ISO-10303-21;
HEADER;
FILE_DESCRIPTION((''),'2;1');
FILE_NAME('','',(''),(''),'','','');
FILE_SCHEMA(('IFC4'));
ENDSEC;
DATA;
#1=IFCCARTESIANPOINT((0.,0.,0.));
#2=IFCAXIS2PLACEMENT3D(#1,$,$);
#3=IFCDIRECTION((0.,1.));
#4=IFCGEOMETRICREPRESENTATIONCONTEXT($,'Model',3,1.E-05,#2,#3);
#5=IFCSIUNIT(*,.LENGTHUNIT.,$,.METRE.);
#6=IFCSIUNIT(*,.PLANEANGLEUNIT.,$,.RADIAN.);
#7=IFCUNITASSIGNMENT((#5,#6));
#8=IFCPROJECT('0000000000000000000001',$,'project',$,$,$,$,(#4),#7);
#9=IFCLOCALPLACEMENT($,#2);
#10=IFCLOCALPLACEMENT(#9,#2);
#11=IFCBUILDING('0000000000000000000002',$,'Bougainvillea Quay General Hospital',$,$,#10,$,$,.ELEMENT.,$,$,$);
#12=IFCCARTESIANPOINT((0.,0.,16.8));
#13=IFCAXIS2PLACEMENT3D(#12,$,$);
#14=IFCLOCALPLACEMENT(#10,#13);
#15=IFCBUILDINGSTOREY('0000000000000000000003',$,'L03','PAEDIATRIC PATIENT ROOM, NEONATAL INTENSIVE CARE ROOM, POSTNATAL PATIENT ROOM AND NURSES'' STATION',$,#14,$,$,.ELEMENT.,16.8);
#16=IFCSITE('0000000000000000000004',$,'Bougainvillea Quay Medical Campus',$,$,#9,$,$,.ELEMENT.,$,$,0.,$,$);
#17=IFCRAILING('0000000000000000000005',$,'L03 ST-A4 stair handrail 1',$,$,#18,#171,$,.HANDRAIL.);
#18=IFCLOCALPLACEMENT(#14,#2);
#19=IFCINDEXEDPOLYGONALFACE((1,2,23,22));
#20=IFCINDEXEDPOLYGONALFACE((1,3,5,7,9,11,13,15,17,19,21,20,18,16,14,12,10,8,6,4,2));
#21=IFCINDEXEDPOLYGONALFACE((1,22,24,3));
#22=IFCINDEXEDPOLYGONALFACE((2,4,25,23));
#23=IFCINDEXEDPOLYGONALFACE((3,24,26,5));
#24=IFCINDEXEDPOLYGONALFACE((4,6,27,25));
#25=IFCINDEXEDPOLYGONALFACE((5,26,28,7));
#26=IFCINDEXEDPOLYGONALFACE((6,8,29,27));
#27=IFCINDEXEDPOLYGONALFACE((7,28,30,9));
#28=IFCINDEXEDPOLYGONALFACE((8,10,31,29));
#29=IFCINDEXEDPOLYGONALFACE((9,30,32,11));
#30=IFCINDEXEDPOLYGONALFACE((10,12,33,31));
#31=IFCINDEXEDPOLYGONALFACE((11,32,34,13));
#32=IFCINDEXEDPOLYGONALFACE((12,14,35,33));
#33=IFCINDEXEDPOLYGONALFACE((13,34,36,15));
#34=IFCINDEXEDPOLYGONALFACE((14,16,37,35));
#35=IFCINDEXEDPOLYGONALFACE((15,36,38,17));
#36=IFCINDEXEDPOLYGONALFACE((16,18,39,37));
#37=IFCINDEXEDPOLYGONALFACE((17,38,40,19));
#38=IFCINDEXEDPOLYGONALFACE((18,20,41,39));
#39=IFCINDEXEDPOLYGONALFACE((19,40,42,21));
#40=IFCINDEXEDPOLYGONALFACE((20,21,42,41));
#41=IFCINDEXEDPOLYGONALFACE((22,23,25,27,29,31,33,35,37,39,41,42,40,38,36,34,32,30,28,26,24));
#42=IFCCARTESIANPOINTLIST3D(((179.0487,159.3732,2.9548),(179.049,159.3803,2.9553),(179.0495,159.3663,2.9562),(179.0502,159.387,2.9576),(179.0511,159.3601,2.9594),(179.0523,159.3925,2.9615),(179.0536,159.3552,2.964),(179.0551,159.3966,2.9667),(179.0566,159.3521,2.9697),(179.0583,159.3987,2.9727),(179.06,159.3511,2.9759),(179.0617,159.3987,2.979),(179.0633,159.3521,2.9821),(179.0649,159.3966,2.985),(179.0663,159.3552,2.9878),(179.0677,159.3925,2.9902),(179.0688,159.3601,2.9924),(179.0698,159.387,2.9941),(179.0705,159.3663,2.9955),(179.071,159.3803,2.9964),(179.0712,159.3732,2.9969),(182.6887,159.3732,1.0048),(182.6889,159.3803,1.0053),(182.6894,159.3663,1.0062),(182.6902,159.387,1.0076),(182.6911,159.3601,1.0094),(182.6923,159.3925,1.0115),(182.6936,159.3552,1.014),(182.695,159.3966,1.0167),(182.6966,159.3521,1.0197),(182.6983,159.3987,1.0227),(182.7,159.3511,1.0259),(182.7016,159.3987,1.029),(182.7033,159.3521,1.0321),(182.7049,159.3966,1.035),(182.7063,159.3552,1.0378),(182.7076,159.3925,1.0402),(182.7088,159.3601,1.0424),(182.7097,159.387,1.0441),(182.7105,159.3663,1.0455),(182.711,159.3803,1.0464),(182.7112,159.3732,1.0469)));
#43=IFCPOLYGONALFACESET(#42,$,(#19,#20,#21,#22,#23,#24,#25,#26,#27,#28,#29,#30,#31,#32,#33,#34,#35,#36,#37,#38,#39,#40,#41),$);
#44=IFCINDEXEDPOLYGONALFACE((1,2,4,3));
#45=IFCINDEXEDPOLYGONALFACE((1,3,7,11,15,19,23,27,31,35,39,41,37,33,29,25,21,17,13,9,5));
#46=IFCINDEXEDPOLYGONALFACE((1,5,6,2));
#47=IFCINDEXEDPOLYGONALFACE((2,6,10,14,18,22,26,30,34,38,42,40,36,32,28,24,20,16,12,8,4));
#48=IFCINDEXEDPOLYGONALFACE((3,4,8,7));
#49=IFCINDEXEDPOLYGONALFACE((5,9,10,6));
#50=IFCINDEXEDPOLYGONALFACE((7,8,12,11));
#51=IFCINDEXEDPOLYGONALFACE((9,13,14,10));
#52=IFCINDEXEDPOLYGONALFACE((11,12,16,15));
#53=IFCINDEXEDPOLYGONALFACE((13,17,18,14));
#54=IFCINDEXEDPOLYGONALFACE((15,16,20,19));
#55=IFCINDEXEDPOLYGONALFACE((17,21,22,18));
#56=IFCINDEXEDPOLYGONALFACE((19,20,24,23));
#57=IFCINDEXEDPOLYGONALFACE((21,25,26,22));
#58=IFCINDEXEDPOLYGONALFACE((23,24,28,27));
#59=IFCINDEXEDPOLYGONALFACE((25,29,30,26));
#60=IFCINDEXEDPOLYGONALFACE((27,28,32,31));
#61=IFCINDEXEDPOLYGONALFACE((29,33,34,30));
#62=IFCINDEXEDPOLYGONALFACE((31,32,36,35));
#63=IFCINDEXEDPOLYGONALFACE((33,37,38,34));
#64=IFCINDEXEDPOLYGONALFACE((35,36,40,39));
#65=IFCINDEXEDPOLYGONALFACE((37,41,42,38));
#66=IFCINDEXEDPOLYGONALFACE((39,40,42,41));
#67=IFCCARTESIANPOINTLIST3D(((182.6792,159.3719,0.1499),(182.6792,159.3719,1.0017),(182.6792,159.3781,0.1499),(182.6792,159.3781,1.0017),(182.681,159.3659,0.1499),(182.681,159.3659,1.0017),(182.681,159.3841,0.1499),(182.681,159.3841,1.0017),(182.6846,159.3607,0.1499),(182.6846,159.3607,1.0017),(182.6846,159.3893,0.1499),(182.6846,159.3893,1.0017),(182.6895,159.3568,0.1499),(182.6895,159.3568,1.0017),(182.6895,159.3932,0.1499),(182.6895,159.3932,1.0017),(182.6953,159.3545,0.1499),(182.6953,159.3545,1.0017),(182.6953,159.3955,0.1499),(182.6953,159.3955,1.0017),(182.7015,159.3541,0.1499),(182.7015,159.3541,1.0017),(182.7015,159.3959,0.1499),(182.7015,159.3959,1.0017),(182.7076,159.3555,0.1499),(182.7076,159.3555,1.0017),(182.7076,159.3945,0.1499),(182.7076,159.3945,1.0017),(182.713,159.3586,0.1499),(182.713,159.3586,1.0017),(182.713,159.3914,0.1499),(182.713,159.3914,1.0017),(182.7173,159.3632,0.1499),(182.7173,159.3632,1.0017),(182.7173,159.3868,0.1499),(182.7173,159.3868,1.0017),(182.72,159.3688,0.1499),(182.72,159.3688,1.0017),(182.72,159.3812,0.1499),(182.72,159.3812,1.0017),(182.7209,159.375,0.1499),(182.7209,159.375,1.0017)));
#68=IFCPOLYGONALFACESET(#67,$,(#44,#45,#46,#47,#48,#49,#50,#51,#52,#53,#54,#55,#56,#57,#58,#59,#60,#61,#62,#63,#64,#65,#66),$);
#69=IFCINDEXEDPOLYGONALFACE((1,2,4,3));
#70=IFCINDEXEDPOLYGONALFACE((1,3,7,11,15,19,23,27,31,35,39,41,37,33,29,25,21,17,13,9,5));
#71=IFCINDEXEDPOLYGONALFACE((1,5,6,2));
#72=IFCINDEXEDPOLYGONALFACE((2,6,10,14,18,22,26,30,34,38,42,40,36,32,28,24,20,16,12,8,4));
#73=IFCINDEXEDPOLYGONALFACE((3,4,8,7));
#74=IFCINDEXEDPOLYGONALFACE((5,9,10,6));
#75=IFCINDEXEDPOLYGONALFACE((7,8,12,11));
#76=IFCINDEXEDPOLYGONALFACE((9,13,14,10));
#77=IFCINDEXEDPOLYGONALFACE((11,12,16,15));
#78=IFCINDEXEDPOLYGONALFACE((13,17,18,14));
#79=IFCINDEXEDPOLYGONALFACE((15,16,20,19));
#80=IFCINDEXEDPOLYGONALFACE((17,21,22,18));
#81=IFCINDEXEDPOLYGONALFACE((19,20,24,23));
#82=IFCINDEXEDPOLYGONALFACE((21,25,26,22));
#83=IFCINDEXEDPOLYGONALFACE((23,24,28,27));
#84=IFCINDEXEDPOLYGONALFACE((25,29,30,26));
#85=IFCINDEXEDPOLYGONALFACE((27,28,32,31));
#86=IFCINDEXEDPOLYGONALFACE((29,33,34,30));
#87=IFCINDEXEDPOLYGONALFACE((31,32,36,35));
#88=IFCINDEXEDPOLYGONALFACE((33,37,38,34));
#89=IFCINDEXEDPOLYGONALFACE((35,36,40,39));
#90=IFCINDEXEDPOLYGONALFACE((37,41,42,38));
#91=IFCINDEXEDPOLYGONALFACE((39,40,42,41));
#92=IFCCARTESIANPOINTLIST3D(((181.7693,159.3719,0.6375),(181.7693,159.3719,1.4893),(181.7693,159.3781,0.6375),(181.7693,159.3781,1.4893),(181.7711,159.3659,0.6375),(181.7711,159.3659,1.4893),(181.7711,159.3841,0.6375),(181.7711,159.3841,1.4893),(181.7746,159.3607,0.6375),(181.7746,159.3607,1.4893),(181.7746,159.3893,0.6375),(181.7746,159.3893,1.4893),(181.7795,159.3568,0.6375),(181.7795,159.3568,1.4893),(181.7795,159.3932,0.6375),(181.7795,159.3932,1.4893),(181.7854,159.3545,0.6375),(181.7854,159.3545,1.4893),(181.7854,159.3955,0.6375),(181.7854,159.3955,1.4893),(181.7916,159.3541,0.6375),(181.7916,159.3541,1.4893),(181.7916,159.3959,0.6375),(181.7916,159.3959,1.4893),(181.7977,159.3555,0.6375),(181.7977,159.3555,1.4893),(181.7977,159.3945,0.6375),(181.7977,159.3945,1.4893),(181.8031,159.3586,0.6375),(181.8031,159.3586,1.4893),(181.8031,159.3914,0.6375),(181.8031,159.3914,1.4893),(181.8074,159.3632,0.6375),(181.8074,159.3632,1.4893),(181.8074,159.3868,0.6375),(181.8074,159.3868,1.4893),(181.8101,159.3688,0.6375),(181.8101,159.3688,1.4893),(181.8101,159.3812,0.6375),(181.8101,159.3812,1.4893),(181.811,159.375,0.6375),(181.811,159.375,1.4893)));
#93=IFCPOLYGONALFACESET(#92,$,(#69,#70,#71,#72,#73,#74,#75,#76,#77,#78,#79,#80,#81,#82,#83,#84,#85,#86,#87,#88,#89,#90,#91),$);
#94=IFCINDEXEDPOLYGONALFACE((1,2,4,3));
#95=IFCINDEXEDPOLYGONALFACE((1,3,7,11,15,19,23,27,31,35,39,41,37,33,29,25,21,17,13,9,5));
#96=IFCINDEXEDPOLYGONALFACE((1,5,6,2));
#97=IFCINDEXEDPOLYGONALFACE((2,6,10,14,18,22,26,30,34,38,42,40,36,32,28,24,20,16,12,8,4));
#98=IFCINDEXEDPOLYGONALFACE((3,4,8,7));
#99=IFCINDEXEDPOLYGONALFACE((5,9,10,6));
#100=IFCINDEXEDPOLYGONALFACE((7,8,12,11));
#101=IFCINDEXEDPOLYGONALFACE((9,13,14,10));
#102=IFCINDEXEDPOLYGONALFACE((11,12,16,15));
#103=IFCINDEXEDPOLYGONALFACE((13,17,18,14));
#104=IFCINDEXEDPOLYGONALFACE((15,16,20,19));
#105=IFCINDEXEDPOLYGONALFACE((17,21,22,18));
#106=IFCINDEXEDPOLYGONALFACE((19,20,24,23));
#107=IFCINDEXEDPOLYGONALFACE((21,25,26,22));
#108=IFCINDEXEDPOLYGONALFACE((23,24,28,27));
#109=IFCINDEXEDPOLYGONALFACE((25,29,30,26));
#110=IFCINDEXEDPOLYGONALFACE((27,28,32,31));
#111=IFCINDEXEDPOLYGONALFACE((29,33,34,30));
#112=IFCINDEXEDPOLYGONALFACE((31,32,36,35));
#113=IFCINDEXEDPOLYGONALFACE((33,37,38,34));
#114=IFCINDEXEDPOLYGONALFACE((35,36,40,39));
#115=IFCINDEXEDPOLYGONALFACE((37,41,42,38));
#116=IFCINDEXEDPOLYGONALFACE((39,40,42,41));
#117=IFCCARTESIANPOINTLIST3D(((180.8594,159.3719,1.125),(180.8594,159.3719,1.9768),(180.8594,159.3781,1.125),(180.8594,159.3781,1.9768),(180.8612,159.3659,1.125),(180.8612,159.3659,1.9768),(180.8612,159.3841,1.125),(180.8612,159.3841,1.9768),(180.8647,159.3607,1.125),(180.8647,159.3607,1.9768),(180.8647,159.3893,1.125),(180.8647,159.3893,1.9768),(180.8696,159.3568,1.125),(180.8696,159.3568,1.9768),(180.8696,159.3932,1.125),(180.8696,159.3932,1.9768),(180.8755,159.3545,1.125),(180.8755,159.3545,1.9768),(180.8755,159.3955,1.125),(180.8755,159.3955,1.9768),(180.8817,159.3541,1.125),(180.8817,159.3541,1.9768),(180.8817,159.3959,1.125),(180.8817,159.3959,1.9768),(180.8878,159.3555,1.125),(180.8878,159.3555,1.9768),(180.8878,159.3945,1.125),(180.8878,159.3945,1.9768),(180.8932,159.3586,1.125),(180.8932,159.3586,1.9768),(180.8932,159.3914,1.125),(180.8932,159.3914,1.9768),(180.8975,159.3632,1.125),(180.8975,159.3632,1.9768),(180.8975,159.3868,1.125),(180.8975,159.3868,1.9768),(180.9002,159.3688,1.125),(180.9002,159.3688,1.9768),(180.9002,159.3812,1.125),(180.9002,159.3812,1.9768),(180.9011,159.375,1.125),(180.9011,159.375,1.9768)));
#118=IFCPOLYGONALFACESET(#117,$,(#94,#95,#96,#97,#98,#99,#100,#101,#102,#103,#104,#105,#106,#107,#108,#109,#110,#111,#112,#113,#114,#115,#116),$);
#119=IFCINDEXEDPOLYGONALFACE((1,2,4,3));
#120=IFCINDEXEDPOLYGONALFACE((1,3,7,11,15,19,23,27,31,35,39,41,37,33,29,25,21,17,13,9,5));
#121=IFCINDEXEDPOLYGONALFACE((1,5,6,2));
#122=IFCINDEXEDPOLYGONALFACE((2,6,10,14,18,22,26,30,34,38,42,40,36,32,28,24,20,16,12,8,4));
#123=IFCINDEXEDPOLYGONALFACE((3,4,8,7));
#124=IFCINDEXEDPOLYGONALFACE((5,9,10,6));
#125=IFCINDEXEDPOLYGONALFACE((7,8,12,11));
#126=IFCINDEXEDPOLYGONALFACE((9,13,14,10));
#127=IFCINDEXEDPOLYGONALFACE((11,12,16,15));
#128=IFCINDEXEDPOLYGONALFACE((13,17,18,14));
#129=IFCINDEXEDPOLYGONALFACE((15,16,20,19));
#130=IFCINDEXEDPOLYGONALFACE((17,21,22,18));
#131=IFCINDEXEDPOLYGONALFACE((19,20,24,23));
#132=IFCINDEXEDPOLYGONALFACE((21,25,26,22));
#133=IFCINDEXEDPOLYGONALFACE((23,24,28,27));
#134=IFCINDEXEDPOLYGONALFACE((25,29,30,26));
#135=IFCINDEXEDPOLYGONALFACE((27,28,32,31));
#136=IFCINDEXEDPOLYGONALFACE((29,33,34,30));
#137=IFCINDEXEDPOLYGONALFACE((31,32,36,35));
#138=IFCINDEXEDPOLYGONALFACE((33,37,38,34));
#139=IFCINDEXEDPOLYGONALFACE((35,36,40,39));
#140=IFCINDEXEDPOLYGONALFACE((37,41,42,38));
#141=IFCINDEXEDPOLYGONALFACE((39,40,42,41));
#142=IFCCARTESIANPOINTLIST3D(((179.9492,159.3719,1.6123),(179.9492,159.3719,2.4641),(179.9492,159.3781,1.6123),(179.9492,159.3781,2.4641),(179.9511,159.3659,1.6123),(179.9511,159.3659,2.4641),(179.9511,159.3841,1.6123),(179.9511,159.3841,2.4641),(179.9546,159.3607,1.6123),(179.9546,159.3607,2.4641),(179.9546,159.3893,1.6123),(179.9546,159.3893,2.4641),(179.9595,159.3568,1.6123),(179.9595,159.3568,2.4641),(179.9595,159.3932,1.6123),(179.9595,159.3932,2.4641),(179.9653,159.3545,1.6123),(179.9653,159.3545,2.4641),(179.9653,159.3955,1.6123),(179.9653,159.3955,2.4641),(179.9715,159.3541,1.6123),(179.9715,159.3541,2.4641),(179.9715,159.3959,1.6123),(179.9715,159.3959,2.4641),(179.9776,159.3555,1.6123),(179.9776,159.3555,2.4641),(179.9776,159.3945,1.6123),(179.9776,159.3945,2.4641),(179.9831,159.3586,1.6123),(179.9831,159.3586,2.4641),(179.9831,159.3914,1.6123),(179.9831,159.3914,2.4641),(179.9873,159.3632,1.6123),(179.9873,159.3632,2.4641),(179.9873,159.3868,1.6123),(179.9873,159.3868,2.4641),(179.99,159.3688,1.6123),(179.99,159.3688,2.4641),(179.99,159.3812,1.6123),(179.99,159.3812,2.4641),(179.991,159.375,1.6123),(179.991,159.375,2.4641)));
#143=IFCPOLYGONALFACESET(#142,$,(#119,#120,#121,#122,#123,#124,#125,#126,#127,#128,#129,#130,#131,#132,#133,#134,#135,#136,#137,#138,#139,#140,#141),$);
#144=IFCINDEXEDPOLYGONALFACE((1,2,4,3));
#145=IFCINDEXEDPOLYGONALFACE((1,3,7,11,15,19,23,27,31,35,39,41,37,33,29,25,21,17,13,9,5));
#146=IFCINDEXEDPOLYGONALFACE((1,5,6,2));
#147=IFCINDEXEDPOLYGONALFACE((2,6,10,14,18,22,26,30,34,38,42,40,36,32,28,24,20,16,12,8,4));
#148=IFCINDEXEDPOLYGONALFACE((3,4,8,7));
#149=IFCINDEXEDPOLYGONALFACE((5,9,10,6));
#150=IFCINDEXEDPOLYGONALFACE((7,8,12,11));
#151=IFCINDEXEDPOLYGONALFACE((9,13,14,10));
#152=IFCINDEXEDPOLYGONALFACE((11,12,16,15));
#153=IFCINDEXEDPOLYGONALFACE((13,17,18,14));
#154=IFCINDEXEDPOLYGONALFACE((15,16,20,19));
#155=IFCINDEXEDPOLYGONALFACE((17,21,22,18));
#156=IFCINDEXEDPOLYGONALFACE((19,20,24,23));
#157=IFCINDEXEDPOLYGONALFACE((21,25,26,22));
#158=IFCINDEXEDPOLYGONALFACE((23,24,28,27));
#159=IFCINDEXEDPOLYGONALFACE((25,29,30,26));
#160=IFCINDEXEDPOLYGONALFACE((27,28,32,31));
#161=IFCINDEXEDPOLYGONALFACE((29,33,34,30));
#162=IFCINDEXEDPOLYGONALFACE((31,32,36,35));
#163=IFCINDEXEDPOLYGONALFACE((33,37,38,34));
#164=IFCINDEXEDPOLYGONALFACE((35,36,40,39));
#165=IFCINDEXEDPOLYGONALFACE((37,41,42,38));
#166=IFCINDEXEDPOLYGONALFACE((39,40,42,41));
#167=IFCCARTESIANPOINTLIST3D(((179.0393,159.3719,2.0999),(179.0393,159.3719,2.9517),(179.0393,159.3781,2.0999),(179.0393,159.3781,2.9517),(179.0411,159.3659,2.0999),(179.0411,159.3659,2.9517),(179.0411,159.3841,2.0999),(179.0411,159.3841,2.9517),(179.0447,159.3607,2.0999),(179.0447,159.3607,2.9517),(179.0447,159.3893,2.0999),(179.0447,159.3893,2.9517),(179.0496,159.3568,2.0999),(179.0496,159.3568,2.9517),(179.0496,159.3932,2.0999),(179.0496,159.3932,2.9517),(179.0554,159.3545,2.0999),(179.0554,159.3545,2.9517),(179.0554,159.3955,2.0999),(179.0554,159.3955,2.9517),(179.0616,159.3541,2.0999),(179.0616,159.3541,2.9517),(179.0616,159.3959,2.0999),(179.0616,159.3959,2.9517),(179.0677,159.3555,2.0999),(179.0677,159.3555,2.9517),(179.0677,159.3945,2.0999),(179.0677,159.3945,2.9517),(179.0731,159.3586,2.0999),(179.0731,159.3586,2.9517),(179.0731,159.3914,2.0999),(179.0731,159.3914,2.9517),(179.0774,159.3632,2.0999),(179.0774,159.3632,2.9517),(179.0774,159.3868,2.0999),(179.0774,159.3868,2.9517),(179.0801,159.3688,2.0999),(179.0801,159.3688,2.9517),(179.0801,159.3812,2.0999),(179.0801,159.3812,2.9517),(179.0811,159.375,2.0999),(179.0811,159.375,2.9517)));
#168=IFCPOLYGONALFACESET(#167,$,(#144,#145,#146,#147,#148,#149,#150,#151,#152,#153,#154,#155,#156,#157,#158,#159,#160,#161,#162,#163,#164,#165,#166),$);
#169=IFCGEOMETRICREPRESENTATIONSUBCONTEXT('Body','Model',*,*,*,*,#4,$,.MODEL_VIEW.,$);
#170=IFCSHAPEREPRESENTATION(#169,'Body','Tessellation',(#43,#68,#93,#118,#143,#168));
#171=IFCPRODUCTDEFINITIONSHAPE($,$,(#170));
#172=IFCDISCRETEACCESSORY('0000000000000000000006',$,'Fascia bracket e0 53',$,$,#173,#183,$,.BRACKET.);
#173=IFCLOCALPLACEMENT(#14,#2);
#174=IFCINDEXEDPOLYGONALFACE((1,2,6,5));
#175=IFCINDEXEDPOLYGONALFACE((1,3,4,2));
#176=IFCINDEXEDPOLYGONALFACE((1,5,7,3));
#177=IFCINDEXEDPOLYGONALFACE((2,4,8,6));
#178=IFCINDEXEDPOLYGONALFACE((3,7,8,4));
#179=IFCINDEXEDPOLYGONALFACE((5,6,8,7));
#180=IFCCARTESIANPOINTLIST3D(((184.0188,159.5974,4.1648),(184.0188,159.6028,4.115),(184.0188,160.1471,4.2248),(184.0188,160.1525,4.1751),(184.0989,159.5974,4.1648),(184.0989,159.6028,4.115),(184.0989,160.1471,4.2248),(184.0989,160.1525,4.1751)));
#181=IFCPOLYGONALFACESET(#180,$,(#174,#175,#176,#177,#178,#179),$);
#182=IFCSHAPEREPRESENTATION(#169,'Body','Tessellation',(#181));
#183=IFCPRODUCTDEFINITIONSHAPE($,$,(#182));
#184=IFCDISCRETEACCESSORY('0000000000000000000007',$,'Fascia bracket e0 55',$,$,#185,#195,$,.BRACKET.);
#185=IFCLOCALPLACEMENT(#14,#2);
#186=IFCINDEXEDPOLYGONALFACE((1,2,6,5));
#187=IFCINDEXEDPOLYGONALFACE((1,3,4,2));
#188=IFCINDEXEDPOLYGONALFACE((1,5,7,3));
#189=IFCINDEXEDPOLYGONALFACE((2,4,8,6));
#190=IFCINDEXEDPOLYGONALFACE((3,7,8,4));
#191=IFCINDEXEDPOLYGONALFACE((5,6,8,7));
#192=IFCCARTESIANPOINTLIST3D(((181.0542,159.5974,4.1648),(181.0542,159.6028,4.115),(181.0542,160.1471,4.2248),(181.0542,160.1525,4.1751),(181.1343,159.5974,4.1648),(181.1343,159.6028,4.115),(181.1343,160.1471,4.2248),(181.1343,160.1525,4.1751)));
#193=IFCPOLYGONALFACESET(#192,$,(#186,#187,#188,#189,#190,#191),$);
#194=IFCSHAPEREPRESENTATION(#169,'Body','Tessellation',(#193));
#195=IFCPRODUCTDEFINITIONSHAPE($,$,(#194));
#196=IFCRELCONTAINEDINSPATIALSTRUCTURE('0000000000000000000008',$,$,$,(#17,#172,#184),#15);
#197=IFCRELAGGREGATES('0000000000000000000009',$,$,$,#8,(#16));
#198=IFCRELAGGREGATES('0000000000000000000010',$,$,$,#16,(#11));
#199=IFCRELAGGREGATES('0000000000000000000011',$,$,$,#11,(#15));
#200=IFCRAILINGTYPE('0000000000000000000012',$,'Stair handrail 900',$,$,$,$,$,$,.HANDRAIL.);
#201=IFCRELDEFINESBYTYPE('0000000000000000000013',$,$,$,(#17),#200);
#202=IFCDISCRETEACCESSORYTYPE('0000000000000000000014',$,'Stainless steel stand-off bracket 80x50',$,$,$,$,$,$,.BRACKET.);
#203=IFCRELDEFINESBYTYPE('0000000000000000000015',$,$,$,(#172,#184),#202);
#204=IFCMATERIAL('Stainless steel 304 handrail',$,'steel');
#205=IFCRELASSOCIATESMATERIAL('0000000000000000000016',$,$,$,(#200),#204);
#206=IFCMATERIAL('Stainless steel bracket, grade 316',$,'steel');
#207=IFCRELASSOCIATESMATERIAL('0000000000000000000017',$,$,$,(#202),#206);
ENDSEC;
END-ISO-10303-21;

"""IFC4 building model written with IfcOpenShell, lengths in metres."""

from ifc_helpers import new_model, si_unit, direction, frame, origin, origin_2d, place, context, subcontext, project, spatial, rectangle, circle, extrude, material, material_profile, profile_set, type_object, element, save


model = new_model("IFC4")

# Units and contexts
model_context = context("Model", 3, precision=1e-05, world=origin(), true_north=direction((0.0, 1.0)))
body_context = subcontext(model_context, "Body", "Model", "MODEL_VIEW")
ifc_project = project(units=[si_unit("LENGTHUNIT", "METRE"), si_unit("PLANEANGLEUNIT", "RADIAN")], contexts=[model_context])

# Site, building, storey
site_placement = place(None, origin())
site = spatial("IfcSite", under=ifc_project, at=site_placement, Name="Bougainvillea Quay Medical Campus", CompositionType="ELEMENT", RefElevation=0.0)
building_placement = place(site_placement, origin())
building = spatial("IfcBuilding", under=site, at=building_placement, Name="Bougainvillea Quay General Hospital", CompositionType="ELEMENT")
storey_placement = place(building_placement, frame((0.0, 0.0, 16.8)))
storey = spatial("IfcBuildingStorey", under=building, at=storey_placement, Name="L03", Description="PAEDIATRIC PATIENT ROOM, NEONATAL INTENSIVE CARE ROOM, POSTNATAL PATIENT ROOM AND NURSES' STATION", CompositionType="ELEMENT", Elevation=16.8)

# Railing
ifc_material_1 = material(Name="Stainless steel 304 handrail", Category="steel")
railing_type_1 = type_object("IfcRailingType", Name="Stair handrail 900", PredefinedType="HANDRAIL", material=ifc_material_1)
railing_1_placement = place(storey_placement, frame((182.7, 159.375, 0.1499)))
element("IfcRailing", 1, at=railing_1_placement, inside=storey, type_object=railing_type_1, Name="L03 ST-A4 stair handrail 1", PredefinedType="HANDRAIL", context=body_context, shape_type="SweptSolid", body=[
    extrude(circle(Radius=0.0239, at=origin_2d()), frame((0.0, 0.0, 0.876), z_axis=(-0.881479, 0.0, 0.472223), x_axis=(0.0, -1.0, 0.0)), (0.0, 0.0, 1.0), 4.1294),
    extrude(circle(Radius=0.021, at=origin_2d()), origin(), (0.0, 0.0, 1.0), 0.8518),
    extrude(circle(Radius=0.021, at=origin_2d()), frame((-0.9099, 0.0, 0.4875)), (0.0, 0.0, 1.0), 0.8518),
    extrude(circle(Radius=0.021, at=origin_2d()), frame((-1.8198, 0.0, 0.9751)), (0.0, 0.0, 1.0), 0.8518),
    extrude(circle(Radius=0.021, at=origin_2d()), frame((-2.73, 0.0, 1.4624)), (0.0, 0.0, 1.0), 0.8518),
    extrude(circle(Radius=0.021, at=origin_2d()), frame((-3.6399, 0.0, 1.95)), (0.0, 0.0, 1.0), 0.8518),
])

# Discrete accessories
ifc_material_2 = material(Name="Stainless steel bracket, grade 316", Category="steel")
ifc_material_profile_1 = material_profile(ifc_material_2, rectangle(XDim=0.0801, YDim=0.05, at=origin_2d()))
ifc_profile_set_1 = profile_set([ifc_material_profile_1], Name="Stainless steel bracket, grade 316")
discrete_accessory_type = type_object("IfcDiscreteAccessoryType", Name="Stainless steel stand-off bracket 80x50", PredefinedType="BRACKET", material=ifc_profile_set_1)
for number, where, z_axis, x_axis, name in (
    (2, (184.0588, 159.6001, 4.1399), (0.0, 0.994087, 0.10859), (-1.0, 0.0, 0.0), "Fascia bracket e0 53"),
    (3, (181.0942, 159.6001, 4.1399), (0.0, 0.994087, 0.10859), (-1.0, 0.0, 0.0), "Fascia bracket e0 55"),
):
    element("IfcDiscreteAccessory", number, at=place(storey_placement, frame(where, z_axis=z_axis, x_axis=x_axis)), inside=storey, type_object=discrete_accessory_type, Name=name, PredefinedType="BRACKET", context=body_context, shape_type="SweptSolid", body=[
        extrude(rectangle(XDim=0.0801, YDim=0.05, at=origin_2d()), origin(), (0.0, 0.0, 1.0), 0.553),
    ])

save(model, "model.ifc")
